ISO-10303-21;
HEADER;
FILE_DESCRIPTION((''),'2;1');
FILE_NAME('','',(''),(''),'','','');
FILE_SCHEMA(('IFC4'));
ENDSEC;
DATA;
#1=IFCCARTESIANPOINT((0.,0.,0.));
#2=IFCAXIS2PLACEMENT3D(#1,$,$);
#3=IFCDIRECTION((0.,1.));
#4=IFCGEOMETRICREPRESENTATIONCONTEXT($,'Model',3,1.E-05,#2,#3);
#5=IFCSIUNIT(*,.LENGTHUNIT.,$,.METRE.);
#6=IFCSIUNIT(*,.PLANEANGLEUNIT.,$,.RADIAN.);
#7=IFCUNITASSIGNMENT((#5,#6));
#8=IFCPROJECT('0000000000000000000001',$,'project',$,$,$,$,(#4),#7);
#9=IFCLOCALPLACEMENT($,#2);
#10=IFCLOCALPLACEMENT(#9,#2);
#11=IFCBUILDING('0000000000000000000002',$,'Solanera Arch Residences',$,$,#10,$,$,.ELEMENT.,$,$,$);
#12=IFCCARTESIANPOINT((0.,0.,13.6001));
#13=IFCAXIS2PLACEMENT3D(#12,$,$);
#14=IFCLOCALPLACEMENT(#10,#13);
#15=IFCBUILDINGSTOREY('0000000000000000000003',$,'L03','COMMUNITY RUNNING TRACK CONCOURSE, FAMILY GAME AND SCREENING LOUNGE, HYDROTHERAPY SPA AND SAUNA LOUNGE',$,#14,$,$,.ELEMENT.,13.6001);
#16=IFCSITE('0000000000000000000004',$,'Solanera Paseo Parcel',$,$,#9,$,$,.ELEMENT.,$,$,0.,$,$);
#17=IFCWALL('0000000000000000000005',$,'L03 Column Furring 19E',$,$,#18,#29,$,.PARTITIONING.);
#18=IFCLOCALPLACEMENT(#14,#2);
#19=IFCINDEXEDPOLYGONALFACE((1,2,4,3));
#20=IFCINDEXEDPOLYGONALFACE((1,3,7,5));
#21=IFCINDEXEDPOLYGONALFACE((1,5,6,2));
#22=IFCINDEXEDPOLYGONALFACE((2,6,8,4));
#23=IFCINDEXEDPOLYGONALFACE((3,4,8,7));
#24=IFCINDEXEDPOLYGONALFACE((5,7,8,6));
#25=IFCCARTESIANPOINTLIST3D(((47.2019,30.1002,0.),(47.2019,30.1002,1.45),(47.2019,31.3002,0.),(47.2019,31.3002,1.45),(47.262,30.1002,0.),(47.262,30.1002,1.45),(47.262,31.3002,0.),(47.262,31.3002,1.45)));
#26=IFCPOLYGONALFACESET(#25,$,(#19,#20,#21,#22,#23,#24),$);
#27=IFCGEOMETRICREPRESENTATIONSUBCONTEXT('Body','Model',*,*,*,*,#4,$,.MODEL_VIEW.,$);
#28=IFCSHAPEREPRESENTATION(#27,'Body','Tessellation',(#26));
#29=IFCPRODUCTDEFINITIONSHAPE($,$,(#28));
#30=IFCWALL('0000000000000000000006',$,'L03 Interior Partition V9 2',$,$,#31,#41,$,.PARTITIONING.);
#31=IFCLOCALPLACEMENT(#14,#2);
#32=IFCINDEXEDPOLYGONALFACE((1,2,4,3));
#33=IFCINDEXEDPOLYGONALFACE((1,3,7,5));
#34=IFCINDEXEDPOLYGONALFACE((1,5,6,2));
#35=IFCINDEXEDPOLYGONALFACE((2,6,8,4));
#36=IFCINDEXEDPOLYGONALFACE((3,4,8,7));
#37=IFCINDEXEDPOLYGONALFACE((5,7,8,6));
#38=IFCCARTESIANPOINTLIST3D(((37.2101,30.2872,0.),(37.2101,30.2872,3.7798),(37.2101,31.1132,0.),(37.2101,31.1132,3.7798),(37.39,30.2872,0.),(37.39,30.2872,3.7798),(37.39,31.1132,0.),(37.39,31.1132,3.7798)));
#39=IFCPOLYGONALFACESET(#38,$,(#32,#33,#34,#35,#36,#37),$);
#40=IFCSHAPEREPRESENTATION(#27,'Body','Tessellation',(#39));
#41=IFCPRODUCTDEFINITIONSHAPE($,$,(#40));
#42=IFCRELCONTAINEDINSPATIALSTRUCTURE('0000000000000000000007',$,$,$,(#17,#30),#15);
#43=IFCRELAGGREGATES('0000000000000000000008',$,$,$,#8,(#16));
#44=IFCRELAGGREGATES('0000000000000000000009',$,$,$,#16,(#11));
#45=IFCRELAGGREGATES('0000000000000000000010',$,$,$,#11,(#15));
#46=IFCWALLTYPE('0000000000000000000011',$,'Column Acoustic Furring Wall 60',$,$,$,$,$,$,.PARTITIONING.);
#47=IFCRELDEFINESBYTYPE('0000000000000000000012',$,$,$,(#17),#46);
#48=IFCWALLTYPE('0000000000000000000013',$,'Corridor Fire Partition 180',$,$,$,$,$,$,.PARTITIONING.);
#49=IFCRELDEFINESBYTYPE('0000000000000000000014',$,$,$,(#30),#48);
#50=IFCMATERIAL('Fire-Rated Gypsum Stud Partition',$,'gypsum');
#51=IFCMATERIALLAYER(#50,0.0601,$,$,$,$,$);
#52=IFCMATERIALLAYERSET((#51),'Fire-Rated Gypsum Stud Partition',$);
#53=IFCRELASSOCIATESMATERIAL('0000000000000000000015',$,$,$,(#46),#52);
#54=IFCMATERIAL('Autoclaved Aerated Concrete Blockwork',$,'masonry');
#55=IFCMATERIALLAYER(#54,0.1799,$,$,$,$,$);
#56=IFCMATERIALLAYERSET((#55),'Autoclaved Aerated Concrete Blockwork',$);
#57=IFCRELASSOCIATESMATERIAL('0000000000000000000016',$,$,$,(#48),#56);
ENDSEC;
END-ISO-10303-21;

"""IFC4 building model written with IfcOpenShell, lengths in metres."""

from ifc_helpers import new_model, si_unit, direction, frame, frame_2d, origin, place, context, subcontext, project, spatial, rectangle, extrude, material, layer, layer_set, type_object, element, save


model = new_model("IFC4")

# Units and contexts
model_context = context("Model", 3, precision=1e-05, world=origin(), true_north=direction((0.0, 1.0)))
body_context = subcontext(model_context, "Body", "Model", "MODEL_VIEW")
ifc_project = project(units=[si_unit("LENGTHUNIT", "METRE"), si_unit("PLANEANGLEUNIT", "RADIAN")], contexts=[model_context])

# Site, building, storey
site_placement = place(None, origin())
site = spatial("IfcSite", under=ifc_project, at=site_placement, Name="Solanera Paseo Parcel", CompositionType="ELEMENT", RefElevation=0.0)
building_placement = place(site_placement, origin())
building = spatial("IfcBuilding", under=site, at=building_placement, Name="Solanera Arch Residences", CompositionType="ELEMENT")
storey_placement = place(building_placement, frame((0.0, 0.0, 13.6001)))
storey = spatial("IfcBuildingStorey", under=building, at=storey_placement, Name="L03", Description="COMMUNITY RUNNING TRACK CONCOURSE, FAMILY GAME AND SCREENING LOUNGE, HYDROTHERAPY SPA AND SAUNA LOUNGE", CompositionType="ELEMENT", Elevation=13.6001)

# Walls
ifc_material_1 = material(Name="Fire-Rated Gypsum Stud Partition", Category="gypsum")
ifc_layer_1 = layer(ifc_material_1, 0.0601)
ifc_layer_set_1 = layer_set([ifc_layer_1], Name="Fire-Rated Gypsum Stud Partition")
wall_type_1 = type_object("IfcWallType", Name="Column Acoustic Furring Wall 60", PredefinedType="PARTITIONING", material=ifc_layer_set_1)
for number, where, z_axis, x_axis, name in (
    (1, (47.2319, 30.1001, 0.0), (0.0, 0.0, 1.0), (0.0, 1.0, 0.0), "L03 Column Furring 19E"),
):
    element("IfcWall", number, at=place(storey_placement, frame(where, z_axis=z_axis, x_axis=x_axis)), inside=storey, type_object=wall_type_1, Name=name, PredefinedType="PARTITIONING", context=body_context, shape_type="SweptSolid", body=[
        extrude(rectangle(XDim=1.2, YDim=0.0601, at=frame_2d((0.6001, 0.0))), origin(), (0.0, 0.0, 1.0), 1.45),
    ])
ifc_material_2 = material(Name="Autoclaved Aerated Concrete Blockwork", Category="masonry")
ifc_layer_2 = layer(ifc_material_2, 0.1799)
ifc_layer_set_2 = layer_set([ifc_layer_2], Name="Autoclaved Aerated Concrete Blockwork")
wall_type_2 = type_object("IfcWallType", Name="Corridor Fire Partition 180", PredefinedType="PARTITIONING", material=ifc_layer_set_2)
wall_1_placement = place(storey_placement, frame((37.3, 30.2871, 0.0), z_axis=(0.0, 0.0, 1.0), x_axis=(0.0, 1.0, 0.0)))
element("IfcWall", 2, at=wall_1_placement, inside=storey, type_object=wall_type_2, Name="L03 Interior Partition V9 2", PredefinedType="PARTITIONING", context=body_context, shape_type="SweptSolid", body=[
    extrude(rectangle(XDim=0.8259, YDim=0.1799, at=frame_2d((0.4131, 0.0))), origin(), (0.0, 0.0, 1.0), 3.7798),
])

save(model, "model.ifc")
